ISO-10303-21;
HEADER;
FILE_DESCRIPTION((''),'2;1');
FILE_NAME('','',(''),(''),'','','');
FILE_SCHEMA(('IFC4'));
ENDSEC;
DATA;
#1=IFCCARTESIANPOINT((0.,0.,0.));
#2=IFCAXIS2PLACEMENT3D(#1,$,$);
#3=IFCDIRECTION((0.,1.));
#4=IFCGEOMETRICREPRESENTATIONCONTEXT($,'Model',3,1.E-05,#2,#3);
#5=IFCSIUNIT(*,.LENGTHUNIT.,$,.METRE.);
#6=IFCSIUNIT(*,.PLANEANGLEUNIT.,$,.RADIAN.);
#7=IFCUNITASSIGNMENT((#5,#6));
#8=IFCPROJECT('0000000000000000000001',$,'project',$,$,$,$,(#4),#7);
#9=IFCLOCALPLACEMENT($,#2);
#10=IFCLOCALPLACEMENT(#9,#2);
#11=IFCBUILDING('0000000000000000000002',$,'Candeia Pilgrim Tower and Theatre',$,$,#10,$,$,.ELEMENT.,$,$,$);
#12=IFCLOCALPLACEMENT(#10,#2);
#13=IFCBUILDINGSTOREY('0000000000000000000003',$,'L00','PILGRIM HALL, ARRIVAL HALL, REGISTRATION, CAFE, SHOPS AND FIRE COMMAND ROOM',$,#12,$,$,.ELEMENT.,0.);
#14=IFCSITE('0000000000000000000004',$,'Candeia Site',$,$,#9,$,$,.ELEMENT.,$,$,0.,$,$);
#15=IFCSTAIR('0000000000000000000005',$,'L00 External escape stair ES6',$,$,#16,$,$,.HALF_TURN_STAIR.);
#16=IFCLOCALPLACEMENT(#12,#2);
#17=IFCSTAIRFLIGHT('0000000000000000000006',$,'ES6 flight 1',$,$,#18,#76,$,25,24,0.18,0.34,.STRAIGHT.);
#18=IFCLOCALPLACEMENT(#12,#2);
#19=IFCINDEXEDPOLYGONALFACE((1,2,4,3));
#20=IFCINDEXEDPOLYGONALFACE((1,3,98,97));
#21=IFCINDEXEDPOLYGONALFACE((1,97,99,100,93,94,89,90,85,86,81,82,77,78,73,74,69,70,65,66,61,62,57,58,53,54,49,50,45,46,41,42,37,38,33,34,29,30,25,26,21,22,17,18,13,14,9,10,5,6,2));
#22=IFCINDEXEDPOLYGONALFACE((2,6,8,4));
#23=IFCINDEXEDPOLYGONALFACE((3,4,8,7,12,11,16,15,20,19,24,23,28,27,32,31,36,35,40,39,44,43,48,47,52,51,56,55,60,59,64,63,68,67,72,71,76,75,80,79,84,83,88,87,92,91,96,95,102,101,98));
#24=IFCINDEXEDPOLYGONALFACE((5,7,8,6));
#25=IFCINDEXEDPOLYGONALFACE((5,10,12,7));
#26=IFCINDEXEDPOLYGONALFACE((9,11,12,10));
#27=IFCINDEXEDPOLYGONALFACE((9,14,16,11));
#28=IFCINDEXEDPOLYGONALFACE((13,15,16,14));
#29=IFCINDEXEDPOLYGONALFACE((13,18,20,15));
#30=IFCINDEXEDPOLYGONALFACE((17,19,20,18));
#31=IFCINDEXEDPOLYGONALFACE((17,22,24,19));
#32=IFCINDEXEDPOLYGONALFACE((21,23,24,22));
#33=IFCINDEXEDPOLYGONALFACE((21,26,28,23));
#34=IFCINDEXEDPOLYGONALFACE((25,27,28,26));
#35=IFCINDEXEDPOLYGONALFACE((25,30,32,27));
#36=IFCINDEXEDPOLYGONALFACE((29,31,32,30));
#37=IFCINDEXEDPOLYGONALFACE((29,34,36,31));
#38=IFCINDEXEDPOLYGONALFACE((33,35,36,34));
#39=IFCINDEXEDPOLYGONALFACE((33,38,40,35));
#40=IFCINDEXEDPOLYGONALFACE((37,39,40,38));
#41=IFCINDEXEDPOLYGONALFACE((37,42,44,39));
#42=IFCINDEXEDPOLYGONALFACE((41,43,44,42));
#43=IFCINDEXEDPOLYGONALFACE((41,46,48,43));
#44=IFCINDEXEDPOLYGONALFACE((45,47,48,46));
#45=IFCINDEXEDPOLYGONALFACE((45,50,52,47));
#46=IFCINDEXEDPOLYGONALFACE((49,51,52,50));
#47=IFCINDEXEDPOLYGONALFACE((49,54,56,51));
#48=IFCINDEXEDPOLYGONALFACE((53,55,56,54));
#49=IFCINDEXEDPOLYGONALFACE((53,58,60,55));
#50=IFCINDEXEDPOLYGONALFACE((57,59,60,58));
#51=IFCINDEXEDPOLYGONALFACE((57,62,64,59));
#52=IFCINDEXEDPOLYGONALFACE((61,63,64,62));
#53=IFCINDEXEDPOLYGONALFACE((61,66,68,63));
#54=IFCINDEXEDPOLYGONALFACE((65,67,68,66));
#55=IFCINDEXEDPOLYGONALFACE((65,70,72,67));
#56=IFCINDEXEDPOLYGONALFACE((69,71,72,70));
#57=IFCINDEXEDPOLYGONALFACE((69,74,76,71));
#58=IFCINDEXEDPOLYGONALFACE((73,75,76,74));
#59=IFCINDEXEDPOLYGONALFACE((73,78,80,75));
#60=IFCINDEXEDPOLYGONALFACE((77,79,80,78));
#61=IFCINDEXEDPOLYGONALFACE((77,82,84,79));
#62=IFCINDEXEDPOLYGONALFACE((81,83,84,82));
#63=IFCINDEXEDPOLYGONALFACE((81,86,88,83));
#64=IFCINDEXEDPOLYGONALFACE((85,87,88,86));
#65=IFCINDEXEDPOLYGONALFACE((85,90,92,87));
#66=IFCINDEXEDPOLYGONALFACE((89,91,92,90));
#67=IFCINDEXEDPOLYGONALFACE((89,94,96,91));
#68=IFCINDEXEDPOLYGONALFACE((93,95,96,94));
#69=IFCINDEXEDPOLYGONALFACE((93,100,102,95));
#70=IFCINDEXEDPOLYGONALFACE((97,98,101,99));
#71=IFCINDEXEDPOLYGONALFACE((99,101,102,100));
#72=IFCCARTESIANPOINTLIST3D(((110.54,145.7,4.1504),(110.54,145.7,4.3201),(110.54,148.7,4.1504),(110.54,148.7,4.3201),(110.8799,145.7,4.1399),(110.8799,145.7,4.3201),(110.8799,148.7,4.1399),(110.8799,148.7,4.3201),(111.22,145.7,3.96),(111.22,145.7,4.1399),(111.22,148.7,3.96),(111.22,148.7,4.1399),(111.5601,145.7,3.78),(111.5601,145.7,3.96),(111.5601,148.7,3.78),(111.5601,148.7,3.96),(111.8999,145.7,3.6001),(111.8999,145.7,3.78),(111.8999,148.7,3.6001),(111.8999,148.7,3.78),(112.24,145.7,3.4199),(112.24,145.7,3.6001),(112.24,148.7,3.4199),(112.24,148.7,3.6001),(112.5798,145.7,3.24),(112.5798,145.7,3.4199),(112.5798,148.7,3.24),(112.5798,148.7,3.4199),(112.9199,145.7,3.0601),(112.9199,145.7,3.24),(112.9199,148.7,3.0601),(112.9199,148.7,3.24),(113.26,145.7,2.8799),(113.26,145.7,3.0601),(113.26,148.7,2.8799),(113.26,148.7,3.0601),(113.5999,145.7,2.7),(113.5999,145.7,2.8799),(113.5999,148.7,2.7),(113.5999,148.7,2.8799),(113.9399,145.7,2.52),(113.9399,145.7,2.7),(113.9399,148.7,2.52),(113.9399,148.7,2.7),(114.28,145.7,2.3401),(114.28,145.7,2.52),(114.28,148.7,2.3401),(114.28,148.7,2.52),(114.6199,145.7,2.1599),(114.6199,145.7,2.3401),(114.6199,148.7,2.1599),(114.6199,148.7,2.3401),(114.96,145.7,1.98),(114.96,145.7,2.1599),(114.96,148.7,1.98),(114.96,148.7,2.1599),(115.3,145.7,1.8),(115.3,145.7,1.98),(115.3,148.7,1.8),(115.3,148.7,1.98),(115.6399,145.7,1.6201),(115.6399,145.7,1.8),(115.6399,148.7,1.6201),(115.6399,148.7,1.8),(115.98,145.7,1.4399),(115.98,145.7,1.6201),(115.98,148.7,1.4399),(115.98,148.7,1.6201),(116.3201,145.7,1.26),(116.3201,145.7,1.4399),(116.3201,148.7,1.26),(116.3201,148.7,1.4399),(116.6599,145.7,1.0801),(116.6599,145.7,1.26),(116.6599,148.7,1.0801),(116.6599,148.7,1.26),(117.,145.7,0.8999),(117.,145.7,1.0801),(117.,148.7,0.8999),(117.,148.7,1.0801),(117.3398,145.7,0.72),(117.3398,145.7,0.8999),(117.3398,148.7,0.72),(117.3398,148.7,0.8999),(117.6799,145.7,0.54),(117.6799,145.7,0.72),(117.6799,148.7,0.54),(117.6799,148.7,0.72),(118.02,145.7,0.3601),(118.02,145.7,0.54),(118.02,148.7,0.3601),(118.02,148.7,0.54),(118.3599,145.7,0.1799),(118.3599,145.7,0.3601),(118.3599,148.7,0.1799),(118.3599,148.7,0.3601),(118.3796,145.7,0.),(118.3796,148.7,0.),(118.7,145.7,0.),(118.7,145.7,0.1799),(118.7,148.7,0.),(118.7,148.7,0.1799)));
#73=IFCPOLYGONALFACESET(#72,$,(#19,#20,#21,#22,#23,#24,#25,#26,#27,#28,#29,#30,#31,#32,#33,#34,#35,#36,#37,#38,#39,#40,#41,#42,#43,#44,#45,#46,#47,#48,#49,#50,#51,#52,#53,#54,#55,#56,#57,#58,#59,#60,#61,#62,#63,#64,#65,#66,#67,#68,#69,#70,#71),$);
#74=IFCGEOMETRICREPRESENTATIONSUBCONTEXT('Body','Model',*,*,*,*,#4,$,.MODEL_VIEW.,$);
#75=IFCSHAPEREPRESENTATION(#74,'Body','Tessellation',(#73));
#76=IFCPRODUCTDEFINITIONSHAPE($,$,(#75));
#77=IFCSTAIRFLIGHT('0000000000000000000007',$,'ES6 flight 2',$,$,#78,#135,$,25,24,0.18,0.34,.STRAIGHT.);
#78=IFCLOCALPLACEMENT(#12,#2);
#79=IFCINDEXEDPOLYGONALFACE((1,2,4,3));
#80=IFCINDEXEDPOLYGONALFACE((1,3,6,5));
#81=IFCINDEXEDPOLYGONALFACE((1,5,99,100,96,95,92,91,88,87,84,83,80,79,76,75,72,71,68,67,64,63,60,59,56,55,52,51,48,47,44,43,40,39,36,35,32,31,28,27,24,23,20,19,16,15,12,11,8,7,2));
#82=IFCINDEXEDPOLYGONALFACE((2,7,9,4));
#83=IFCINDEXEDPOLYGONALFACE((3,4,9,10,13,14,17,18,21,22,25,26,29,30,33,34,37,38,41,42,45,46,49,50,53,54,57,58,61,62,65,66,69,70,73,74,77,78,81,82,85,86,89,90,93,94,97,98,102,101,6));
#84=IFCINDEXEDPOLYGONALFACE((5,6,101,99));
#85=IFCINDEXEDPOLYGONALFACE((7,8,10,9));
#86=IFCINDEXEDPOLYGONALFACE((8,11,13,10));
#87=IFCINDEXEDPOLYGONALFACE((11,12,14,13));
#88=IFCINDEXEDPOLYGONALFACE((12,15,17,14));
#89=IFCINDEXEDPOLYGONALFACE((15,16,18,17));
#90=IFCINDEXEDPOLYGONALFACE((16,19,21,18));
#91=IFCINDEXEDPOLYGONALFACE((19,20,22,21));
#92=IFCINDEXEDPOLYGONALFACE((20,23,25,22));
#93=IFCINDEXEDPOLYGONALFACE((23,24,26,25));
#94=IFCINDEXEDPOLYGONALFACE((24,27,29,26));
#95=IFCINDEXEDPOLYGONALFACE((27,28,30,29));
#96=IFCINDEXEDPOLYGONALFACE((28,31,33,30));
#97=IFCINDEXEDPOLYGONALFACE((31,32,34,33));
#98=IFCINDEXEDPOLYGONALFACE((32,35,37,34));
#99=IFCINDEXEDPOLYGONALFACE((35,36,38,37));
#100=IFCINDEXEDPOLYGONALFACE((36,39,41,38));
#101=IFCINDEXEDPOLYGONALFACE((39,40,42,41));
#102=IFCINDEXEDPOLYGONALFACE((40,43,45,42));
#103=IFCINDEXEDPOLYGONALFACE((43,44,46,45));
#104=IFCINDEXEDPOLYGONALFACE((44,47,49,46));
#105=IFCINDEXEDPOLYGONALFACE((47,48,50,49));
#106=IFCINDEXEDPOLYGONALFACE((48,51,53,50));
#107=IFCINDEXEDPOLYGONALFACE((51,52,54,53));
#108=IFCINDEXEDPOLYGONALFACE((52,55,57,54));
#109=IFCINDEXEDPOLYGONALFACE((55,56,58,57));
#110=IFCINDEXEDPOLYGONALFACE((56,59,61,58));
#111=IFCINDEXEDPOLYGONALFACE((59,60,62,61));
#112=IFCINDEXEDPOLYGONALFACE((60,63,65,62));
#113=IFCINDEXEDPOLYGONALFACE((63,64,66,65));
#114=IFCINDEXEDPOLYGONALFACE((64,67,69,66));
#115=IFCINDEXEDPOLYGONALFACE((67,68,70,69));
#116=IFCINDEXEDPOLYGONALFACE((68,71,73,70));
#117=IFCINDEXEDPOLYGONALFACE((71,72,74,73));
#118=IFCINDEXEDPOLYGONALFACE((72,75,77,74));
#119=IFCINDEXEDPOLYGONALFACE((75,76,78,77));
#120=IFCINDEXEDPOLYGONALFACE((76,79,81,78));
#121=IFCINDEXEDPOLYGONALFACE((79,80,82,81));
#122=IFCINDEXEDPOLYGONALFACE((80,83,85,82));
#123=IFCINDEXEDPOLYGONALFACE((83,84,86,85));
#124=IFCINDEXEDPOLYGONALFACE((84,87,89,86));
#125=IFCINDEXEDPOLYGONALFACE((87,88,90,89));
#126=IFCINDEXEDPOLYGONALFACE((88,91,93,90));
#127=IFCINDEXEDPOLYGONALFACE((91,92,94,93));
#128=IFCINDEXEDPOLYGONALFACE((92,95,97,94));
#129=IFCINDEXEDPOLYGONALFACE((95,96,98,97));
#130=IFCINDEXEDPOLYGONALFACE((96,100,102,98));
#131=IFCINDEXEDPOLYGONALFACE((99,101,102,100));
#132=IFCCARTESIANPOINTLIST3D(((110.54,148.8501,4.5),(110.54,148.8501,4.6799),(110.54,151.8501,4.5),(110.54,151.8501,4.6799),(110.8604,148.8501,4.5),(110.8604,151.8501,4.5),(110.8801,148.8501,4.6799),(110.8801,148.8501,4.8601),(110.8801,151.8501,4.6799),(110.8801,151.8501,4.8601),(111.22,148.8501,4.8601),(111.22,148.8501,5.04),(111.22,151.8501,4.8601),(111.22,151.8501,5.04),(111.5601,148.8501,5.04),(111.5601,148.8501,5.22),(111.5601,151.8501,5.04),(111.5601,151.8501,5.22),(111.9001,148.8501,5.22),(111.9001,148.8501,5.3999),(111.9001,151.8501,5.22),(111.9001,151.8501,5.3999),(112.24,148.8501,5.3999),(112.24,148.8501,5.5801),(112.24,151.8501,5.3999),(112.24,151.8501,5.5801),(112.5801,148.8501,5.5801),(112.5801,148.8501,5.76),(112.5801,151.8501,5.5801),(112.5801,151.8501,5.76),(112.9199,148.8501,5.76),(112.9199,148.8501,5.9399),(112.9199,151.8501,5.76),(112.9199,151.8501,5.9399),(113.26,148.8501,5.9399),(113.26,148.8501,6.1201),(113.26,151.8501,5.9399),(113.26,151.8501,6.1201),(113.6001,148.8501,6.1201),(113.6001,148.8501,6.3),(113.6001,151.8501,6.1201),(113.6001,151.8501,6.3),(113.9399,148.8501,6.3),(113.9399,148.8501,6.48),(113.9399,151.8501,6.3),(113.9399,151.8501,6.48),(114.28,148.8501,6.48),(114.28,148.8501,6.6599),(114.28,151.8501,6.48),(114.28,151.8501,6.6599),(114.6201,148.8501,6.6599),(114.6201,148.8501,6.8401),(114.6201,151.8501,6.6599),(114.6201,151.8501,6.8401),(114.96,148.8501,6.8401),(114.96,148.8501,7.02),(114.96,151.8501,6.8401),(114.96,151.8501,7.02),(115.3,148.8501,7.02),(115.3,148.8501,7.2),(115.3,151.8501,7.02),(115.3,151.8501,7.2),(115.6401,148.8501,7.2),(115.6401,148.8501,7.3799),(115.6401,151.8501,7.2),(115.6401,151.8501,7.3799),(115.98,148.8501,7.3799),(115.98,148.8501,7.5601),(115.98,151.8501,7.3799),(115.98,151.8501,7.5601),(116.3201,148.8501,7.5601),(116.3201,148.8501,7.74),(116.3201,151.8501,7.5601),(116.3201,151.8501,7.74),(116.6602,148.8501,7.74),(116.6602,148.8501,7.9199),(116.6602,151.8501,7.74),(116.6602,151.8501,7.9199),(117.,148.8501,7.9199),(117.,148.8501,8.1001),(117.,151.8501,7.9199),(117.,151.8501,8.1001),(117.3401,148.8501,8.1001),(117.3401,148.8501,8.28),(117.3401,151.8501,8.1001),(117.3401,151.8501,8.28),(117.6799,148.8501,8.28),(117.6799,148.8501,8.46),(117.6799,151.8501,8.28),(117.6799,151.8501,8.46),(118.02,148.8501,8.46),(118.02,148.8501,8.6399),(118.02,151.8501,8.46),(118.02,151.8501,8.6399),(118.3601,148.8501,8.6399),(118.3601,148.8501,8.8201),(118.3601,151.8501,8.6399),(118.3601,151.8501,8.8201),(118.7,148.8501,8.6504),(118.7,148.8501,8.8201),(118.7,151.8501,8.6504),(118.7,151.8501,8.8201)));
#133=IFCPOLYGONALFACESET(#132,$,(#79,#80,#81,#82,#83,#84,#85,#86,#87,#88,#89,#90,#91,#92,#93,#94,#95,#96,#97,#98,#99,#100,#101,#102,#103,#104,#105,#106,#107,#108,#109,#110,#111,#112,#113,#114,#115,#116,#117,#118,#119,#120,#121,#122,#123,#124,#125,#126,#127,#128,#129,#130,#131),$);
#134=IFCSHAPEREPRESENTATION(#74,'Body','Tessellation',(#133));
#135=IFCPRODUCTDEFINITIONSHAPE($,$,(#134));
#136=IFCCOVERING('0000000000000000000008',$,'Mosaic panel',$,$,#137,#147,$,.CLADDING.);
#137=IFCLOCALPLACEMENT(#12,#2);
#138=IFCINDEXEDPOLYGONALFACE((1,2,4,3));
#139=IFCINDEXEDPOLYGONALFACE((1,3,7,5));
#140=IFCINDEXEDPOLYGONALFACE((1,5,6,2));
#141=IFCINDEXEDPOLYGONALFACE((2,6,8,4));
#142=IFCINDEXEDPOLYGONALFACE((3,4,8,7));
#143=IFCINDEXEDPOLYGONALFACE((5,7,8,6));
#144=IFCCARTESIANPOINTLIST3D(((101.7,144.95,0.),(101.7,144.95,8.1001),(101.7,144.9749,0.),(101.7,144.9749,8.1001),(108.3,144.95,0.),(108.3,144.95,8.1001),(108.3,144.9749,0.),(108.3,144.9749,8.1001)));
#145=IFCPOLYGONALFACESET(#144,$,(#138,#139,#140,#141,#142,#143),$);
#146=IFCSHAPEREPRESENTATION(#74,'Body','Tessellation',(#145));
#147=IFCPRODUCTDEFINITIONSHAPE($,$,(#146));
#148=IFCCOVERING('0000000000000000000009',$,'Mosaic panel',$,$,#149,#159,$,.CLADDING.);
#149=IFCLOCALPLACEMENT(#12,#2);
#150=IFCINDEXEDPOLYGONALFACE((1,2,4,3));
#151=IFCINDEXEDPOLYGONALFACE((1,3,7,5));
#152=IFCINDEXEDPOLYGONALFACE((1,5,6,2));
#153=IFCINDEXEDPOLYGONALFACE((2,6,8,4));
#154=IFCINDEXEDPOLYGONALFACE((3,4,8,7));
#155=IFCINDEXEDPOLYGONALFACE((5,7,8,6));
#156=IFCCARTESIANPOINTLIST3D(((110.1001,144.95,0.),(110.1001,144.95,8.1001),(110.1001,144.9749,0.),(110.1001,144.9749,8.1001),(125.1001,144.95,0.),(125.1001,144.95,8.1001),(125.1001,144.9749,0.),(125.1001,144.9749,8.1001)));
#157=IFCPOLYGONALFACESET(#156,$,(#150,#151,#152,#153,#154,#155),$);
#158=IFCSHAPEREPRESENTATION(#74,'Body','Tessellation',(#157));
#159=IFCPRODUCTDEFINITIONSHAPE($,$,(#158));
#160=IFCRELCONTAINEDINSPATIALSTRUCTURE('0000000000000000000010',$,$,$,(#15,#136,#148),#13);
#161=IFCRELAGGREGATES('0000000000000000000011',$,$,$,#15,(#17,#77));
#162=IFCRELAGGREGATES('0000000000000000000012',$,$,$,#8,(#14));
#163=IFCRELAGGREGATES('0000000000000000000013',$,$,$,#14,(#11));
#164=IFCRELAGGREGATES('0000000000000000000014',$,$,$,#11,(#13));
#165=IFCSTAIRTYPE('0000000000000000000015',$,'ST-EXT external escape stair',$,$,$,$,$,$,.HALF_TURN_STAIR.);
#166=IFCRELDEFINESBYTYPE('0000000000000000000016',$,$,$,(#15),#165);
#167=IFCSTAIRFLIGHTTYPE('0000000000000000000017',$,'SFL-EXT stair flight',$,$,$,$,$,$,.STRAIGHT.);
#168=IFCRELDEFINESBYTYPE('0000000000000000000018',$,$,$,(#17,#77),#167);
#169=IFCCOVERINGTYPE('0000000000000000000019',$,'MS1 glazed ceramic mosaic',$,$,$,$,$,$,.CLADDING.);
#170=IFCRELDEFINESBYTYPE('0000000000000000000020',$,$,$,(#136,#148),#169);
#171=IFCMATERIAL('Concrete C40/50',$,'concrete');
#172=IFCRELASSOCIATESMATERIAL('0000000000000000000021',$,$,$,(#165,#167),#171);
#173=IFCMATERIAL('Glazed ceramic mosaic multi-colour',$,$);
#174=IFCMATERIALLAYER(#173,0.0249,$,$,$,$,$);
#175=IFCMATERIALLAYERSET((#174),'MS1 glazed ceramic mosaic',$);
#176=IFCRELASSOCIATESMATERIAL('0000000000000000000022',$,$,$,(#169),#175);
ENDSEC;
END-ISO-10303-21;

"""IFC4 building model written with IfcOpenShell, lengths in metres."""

from ifc_helpers import new_model, si_unit, direction, frame, origin, origin_2d, place, context, subcontext, project, spatial, polyline, rectangle, outline, extrude, material, layer, layer_set, type_object, element, aggregate, save


model = new_model("IFC4")

# Units and contexts
model_context = context("Model", 3, precision=1e-05, world=origin(), true_north=direction((0.0, 1.0)))
body_context = subcontext(model_context, "Body", "Model", "MODEL_VIEW")
ifc_project = project(units=[si_unit("LENGTHUNIT", "METRE"), si_unit("PLANEANGLEUNIT", "RADIAN")], contexts=[model_context])

# Site, building, storey
site_placement = place(None, origin())
site = spatial("IfcSite", under=ifc_project, at=site_placement, Name="Candeia Site", CompositionType="ELEMENT", RefElevation=0.0)
building_placement = place(site_placement, origin())
building = spatial("IfcBuilding", under=site, at=building_placement, Name="Candeia Pilgrim Tower and Theatre", CompositionType="ELEMENT")
storey_placement = place(building_placement, origin())
storey = spatial("IfcBuildingStorey", under=building, at=storey_placement, Name="L00", Description="PILGRIM HALL, ARRIVAL HALL, REGISTRATION, CAFE, SHOPS AND FIRE COMMAND ROOM", CompositionType="ELEMENT", Elevation=0.0)

# Shared definitions
ifc_material_1 = material(Name="Concrete C40/50", Category="concrete")

# Stair, stair flights
stair_type = type_object("IfcStairType", Name="ST-EXT external escape stair", PredefinedType="HALF_TURN_STAIR", material=ifc_material_1)
stair_placement = place(storey_placement, origin())
stair = element("IfcStair", 1, at=stair_placement, inside=storey, type_object=stair_type, Name="L00 External escape stair ES6", PredefinedType="HALF_TURN_STAIR")
stair_flight_type = type_object("IfcStairFlightType", Name="SFL-EXT stair flight", PredefinedType="STRAIGHT", material=ifc_material_1)
stair_flight_1_placement = place(storey_placement, frame((118.7, 147.2, 0.0), z_axis=(0.0, 0.0, 1.0), x_axis=(-1.0, 0.0, 0.0)))
stair_flight_1 = element("IfcStairFlight", 2, at=stair_flight_1_placement, type_object=stair_flight_type, Name="ES6 flight 1", NumberOfRisers=25, NumberOfTreads=24, PredefinedType="STRAIGHT", RiserHeight=0.18, TreadLength=0.34, context=body_context, shape_type="SweptSolid", body=[
    extrude(outline(polyline([(0.0, 0.0), (0.0, 0.1799), (0.3401, 0.1799), (0.3401, 0.3601), (0.6799, 0.3601), (0.6799, 0.54), (1.02, 0.54), (1.02, 0.72), (1.3601, 0.72), (1.3601, 0.8999), (1.7, 0.8999), (1.7, 1.0801), (2.04, 1.0801), (2.04, 1.26), (2.3799, 1.26), (2.3799, 1.4399), (2.72, 1.4399), (2.72, 1.6201), (3.0601, 1.6201), (3.0601, 1.8), (3.3999, 1.8), (3.3999, 1.98), (3.74, 1.98), (3.74, 2.1599), (4.0801, 2.1599), (4.0801, 2.3401), (4.4199, 2.3401), (4.4199, 2.52), (4.76, 2.52), (4.76, 2.7), (5.1001, 2.7), (5.1001, 2.8799), (5.4399, 2.8799), (5.4399, 3.0601), (5.78, 3.0601), (5.78, 3.24), (6.1201, 3.24), (6.1201, 3.4199), (6.46, 3.4199), (6.46, 3.6001), (6.8, 3.6001), (6.8, 3.78), (7.1399, 3.78), (7.1399, 3.96), (7.48, 3.96), (7.48, 4.1399), (7.8201, 4.1399), (7.8201, 4.3201), (8.1599, 4.3201), (8.1599, 4.5), (8.1599, 4.1504), (0.3203, 0.0), (0.0, 0.0)])), frame((0.0, 1.5, 0.0), z_axis=(0.0, -1.0, 0.0), x_axis=(1.0, 0.0, 0.0)), (0.0, 0.0, 1.0), 3.0),
])
stair_flight_2_placement = place(storey_placement, frame((110.54, 150.3501, 4.5), z_axis=(0.0, 0.0, 1.0), x_axis=(1.0, 0.0, 0.0)))
stair_flight_2 = element("IfcStairFlight", 3, at=stair_flight_2_placement, type_object=stair_flight_type, Name="ES6 flight 2", NumberOfRisers=25, NumberOfTreads=24, PredefinedType="STRAIGHT", RiserHeight=0.18, TreadLength=0.34, context=body_context, shape_type="SweptSolid", body=[
    extrude(outline(polyline([(0.0, 0.0), (0.0, 0.1799), (0.3401, 0.1799), (0.3401, 0.3601), (0.6799, 0.3601), (0.6799, 0.54), (1.02, 0.54), (1.02, 0.72), (1.3601, 0.72), (1.3601, 0.8999), (1.7, 0.8999), (1.7, 1.0801), (2.04, 1.0801), (2.04, 1.26), (2.3799, 1.26), (2.3799, 1.4399), (2.72, 1.4399), (2.72, 1.6201), (3.0601, 1.6201), (3.0601, 1.8), (3.3999, 1.8), (3.3999, 1.98), (3.74, 1.98), (3.74, 2.1599), (4.0801, 2.1599), (4.0801, 2.3401), (4.4199, 2.3401), (4.4199, 2.52), (4.76, 2.52), (4.76, 2.7), (5.1001, 2.7), (5.1001, 2.8799), (5.4399, 2.8799), (5.4399, 3.0601), (5.78, 3.0601), (5.78, 3.24), (6.1201, 3.24), (6.1201, 3.4199), (6.46, 3.4199), (6.46, 3.6001), (6.8, 3.6001), (6.8, 3.78), (7.1399, 3.78), (7.1399, 3.96), (7.48, 3.96), (7.48, 4.1399), (7.8201, 4.1399), (7.8201, 4.3201), (8.1599, 4.3201), (8.1599, 4.5), (8.1599, 4.1504), (0.3203, 0.0), (0.0, 0.0)])), frame((0.0, 1.5, 0.0), z_axis=(0.0, -1.0, 0.0), x_axis=(1.0, 0.0, 0.0)), (0.0, 0.0, 1.0), 3.0),
])
aggregate(stair, [stair_flight_1, stair_flight_2])

# Coverings
ifc_material_2 = material(Name="Glazed ceramic mosaic multi-colour")
ifc_layer_1 = layer(ifc_material_2, 0.0249)
ifc_layer_set_1 = layer_set([ifc_layer_1], Name="MS1 glazed ceramic mosaic")
covering_type = type_object("IfcCoveringType", Name="MS1 glazed ceramic mosaic", PredefinedType="CLADDING", material=ifc_layer_set_1)
covering_1_placement = place(storey_placement, frame((105.0, 144.9624, 0.0), z_axis=(0.0, 0.0, 1.0), x_axis=(1.0, 0.0, 0.0)))
element("IfcCovering", 4, at=covering_1_placement, inside=storey, type_object=covering_type, Name="Mosaic panel", PredefinedType="CLADDING", context=body_context, shape_type="SweptSolid", body=[
    extrude(rectangle(XDim=6.6001, YDim=0.0249, at=origin_2d()), origin(), (0.0, 0.0, 1.0), 8.1001),
])
covering_2_placement = place(storey_placement, frame((117.6001, 144.9624, 0.0), z_axis=(0.0, 0.0, 1.0), x_axis=(1.0, 0.0, 0.0)))
element("IfcCovering", 5, at=covering_2_placement, inside=storey, type_object=covering_type, Name="Mosaic panel", PredefinedType="CLADDING", context=body_context, shape_type="SweptSolid", body=[
    extrude(rectangle(XDim=15.0, YDim=0.0249, at=origin_2d()), origin(), (0.0, 0.0, 1.0), 8.1001),
])

save(model, "model.ifc")
